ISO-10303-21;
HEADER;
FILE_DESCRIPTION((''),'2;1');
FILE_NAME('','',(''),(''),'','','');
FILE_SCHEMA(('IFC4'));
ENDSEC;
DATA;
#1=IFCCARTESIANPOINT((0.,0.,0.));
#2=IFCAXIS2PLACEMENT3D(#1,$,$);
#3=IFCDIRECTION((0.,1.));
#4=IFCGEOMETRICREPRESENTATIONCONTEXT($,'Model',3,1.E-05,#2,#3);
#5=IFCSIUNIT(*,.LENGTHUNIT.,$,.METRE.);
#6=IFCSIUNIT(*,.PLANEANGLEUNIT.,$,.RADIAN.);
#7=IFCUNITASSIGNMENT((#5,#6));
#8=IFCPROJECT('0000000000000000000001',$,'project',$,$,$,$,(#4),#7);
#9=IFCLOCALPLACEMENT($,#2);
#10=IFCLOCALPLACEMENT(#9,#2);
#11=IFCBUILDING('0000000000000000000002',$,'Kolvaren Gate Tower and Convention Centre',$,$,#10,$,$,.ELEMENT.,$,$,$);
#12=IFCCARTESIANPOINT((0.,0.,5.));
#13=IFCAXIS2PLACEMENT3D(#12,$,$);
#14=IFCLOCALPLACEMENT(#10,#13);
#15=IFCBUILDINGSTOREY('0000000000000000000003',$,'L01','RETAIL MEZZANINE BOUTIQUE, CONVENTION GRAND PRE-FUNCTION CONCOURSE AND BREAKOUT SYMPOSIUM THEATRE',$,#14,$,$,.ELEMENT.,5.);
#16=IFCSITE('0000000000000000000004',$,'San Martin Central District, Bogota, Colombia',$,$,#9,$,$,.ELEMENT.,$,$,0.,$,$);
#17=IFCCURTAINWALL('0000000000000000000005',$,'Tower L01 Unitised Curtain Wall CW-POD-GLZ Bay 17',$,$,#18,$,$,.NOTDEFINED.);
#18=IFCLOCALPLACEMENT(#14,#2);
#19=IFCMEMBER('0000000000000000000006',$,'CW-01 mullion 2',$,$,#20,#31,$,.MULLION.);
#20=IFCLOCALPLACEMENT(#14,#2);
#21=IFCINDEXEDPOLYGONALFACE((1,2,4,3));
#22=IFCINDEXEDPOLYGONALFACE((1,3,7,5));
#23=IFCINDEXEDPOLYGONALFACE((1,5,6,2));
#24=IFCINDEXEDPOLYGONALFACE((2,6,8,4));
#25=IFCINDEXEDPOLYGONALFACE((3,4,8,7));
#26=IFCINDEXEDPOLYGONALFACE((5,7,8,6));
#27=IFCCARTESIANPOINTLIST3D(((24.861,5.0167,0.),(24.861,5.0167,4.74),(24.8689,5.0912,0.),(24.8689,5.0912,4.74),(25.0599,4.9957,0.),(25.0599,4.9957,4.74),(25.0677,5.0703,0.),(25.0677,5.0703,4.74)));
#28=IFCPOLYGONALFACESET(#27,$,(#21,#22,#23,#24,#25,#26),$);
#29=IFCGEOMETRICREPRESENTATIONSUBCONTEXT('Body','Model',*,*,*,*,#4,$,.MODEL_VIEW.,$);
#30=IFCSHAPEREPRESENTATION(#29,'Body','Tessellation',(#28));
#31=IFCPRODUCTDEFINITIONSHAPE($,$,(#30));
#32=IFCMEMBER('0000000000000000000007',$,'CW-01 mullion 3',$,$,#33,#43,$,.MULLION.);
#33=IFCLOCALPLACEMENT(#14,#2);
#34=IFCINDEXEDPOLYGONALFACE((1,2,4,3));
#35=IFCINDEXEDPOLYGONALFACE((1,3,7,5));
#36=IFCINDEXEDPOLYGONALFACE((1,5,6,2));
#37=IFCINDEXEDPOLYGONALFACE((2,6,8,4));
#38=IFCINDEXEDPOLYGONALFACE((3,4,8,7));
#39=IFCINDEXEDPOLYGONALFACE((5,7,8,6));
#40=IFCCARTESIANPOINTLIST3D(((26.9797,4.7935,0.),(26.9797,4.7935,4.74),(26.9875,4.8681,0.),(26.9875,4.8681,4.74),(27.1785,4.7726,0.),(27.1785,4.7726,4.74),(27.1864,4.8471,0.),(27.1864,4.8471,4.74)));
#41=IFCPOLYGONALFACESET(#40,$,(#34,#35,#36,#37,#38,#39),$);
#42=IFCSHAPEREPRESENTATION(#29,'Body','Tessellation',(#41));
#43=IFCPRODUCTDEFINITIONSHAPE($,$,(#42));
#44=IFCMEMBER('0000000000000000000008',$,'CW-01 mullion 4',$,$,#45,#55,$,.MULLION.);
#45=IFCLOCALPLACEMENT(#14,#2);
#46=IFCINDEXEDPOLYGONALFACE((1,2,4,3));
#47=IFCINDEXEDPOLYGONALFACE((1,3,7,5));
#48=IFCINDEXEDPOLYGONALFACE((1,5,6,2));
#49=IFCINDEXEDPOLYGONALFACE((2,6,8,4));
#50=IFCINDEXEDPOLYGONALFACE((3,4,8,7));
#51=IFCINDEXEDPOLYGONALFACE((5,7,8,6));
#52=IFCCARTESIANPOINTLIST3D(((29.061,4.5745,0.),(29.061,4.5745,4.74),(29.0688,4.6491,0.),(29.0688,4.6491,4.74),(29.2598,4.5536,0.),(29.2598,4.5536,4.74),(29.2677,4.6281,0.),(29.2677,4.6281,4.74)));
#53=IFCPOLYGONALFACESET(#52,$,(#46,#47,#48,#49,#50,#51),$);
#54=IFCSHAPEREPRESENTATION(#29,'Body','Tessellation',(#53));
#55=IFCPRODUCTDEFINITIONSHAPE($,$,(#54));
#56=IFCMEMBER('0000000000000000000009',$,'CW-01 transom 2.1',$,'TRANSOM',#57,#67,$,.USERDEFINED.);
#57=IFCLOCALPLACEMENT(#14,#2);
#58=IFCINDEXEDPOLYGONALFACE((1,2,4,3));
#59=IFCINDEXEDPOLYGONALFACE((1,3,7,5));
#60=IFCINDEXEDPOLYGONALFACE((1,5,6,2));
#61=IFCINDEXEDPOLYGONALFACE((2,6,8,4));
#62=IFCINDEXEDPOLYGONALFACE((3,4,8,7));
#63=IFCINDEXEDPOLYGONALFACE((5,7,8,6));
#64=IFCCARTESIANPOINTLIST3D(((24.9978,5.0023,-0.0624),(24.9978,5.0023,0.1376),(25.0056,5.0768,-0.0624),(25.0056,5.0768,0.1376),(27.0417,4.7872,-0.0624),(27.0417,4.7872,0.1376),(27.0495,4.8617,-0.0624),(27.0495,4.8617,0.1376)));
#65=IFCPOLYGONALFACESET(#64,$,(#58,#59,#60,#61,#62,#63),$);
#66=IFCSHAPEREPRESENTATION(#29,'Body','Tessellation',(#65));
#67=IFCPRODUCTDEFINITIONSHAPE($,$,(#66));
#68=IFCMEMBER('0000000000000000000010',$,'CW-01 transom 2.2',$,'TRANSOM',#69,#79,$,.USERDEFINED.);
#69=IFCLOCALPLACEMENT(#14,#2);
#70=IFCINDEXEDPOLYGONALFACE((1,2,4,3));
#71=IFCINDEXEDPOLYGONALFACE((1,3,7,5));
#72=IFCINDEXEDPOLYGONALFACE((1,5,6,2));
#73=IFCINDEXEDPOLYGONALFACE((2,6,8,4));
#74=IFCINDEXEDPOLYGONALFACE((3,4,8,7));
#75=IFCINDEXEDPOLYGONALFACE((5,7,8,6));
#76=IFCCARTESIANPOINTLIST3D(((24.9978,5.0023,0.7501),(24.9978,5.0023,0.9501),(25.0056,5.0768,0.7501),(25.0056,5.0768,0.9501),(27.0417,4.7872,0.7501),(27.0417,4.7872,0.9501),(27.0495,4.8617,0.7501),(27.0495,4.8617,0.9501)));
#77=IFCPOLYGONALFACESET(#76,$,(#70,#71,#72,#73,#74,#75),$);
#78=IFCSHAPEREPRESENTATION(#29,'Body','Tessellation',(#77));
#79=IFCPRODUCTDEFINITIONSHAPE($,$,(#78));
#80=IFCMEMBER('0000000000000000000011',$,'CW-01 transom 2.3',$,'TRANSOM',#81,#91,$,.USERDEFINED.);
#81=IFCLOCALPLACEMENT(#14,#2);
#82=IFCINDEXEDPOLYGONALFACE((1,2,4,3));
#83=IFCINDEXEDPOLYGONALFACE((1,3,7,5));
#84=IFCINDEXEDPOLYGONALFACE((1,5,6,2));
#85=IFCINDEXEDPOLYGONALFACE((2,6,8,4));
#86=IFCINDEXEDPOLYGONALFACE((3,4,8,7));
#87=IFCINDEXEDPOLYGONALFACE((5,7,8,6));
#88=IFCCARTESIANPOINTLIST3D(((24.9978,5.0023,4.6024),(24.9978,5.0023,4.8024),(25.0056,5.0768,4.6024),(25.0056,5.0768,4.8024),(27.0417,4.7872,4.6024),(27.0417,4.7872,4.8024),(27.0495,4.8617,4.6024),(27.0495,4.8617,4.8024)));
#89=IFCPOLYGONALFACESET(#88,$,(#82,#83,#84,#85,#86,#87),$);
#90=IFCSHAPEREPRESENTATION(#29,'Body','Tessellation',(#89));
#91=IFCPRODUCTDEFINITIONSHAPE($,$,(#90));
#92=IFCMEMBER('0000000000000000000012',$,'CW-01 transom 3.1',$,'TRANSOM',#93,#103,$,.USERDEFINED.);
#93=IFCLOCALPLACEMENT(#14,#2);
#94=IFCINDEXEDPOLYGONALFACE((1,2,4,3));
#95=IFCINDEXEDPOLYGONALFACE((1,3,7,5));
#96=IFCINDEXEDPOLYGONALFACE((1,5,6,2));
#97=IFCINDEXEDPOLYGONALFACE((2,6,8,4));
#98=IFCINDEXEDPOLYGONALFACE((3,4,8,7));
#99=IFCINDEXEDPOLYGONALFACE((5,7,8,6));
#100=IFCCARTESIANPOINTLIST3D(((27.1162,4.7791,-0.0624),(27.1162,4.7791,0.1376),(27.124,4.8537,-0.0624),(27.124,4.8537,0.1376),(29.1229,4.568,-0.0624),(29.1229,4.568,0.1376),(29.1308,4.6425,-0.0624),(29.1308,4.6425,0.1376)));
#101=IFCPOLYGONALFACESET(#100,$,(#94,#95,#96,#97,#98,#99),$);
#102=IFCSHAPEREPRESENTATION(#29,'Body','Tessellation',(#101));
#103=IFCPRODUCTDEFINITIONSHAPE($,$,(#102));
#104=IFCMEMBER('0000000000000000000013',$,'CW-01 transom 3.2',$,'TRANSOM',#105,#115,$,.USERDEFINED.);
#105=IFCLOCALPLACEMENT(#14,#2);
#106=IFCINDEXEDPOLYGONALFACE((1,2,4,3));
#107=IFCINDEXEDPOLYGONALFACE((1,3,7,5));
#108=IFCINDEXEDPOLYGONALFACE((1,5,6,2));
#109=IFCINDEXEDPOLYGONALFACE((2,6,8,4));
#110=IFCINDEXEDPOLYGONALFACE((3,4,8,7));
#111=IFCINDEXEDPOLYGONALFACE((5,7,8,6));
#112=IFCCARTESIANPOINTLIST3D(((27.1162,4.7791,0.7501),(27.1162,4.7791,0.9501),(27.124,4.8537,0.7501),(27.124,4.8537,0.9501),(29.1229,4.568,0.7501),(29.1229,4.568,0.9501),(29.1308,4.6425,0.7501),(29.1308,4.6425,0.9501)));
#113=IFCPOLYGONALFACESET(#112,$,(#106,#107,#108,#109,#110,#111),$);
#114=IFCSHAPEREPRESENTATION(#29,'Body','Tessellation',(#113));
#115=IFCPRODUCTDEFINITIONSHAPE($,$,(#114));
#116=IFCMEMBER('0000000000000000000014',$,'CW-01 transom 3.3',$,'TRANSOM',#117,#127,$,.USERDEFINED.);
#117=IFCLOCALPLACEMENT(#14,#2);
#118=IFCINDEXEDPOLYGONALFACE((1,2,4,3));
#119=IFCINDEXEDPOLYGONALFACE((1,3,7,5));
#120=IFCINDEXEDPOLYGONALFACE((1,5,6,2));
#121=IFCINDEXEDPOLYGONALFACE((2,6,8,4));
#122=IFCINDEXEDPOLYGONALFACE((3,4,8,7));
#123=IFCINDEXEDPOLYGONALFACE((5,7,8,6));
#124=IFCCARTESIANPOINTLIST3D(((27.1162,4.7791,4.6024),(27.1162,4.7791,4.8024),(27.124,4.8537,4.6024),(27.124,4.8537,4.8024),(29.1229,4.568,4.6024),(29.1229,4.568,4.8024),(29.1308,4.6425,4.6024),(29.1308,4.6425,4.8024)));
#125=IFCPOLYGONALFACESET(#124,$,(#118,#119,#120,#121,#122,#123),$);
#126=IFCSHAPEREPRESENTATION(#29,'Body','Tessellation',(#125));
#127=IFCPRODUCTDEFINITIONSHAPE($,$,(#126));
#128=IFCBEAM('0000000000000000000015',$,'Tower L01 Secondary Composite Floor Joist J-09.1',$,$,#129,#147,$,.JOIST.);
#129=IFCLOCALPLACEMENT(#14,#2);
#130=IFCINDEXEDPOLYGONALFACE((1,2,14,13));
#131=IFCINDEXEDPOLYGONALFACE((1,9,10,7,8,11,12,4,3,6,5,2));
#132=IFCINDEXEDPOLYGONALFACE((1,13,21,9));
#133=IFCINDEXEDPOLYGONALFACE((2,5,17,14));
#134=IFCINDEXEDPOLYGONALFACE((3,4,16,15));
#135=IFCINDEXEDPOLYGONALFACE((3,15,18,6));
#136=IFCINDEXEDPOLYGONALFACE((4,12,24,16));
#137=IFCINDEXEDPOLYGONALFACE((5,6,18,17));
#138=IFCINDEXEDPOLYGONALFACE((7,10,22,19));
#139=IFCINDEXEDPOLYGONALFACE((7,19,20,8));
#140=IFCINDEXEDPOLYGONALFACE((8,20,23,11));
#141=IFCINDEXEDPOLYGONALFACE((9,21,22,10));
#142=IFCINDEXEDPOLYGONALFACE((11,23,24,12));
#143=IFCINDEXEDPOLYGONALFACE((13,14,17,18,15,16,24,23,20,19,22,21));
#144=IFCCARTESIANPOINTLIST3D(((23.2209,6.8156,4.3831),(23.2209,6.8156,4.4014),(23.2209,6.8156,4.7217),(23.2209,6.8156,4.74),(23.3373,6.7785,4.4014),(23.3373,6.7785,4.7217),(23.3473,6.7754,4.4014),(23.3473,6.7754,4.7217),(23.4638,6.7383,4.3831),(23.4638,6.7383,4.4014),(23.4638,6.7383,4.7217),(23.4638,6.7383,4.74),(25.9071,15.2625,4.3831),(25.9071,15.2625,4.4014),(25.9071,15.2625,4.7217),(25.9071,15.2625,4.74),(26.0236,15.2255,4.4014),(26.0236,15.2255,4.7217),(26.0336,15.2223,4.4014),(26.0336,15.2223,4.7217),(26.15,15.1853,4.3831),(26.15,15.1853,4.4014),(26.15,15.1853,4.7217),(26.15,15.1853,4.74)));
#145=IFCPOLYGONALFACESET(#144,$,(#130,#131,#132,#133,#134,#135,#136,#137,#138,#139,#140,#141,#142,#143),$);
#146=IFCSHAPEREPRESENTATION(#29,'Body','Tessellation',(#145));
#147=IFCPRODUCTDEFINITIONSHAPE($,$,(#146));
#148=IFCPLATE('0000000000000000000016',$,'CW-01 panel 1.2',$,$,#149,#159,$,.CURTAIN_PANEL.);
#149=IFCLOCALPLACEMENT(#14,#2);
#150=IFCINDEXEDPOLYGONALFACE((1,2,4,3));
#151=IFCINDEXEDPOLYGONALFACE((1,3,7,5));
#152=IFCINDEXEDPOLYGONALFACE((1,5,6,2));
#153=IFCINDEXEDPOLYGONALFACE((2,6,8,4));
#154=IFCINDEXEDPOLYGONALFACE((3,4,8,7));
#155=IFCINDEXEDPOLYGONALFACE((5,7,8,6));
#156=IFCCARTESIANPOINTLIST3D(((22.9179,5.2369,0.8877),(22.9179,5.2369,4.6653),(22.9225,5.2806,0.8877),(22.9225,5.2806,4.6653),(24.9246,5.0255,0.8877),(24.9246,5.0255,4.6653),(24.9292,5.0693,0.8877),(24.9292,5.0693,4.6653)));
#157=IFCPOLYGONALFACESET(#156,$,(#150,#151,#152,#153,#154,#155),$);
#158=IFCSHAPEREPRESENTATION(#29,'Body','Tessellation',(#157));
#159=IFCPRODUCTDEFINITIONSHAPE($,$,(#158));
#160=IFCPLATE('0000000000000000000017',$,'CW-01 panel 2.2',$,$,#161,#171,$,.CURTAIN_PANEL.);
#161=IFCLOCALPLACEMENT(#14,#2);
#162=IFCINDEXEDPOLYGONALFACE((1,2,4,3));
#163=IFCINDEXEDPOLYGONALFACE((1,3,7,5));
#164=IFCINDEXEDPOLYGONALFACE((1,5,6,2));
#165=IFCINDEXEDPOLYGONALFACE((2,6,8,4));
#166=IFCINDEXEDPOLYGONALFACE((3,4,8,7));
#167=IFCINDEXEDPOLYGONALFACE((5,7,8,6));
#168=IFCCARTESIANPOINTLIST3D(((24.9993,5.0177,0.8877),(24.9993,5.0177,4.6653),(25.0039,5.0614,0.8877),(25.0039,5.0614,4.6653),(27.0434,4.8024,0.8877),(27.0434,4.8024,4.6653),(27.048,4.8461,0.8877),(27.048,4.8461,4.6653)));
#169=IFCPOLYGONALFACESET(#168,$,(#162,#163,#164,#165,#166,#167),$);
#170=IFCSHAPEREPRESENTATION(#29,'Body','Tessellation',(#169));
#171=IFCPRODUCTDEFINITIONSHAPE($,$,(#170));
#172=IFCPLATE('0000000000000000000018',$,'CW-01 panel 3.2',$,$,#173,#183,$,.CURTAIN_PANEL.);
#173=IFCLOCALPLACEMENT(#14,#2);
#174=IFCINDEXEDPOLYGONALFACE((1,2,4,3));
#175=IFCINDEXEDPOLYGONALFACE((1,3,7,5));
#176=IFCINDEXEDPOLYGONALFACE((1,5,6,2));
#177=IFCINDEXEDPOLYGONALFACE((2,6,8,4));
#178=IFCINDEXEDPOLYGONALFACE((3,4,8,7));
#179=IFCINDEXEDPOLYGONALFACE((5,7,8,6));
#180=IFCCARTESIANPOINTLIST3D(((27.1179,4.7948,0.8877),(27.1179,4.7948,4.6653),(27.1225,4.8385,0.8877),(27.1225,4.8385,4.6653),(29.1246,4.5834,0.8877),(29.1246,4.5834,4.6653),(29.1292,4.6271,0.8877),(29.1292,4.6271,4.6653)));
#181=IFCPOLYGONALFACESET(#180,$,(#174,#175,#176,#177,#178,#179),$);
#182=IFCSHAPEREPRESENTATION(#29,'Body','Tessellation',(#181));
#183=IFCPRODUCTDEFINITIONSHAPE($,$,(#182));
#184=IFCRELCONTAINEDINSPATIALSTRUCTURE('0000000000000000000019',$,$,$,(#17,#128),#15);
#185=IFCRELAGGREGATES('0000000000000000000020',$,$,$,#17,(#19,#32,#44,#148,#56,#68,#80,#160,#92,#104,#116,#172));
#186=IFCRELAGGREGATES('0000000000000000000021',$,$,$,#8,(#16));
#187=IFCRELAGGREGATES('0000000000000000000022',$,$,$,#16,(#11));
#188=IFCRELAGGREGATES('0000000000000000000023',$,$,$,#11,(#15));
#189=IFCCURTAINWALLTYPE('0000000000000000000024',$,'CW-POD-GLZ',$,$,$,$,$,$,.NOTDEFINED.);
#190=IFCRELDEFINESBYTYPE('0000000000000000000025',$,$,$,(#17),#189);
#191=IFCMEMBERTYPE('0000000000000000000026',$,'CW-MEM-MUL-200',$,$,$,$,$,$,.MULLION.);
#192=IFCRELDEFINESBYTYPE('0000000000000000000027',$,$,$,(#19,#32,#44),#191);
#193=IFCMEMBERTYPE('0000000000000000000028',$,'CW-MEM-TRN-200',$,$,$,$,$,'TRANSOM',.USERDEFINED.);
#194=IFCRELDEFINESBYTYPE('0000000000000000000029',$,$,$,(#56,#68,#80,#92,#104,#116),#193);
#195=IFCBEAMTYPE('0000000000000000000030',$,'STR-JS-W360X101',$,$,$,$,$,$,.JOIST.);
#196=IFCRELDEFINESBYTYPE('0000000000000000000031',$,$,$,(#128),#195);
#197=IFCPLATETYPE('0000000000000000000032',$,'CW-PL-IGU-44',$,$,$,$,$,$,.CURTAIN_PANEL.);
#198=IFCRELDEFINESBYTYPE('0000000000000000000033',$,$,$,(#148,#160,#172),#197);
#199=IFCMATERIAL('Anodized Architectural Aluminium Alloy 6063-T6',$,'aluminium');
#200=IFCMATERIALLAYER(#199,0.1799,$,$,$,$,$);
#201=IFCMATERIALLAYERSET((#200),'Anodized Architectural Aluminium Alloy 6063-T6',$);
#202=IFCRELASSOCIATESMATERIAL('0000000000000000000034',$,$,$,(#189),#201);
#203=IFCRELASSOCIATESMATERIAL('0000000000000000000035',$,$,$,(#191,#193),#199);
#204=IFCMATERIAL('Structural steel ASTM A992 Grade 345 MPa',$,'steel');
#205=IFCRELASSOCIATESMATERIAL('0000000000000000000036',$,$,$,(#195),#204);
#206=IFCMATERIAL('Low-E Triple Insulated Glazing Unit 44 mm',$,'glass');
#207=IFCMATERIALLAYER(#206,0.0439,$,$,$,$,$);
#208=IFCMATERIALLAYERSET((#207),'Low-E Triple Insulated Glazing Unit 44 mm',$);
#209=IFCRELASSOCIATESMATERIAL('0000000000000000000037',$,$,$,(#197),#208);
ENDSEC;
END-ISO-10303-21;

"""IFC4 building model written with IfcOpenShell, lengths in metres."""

from ifc_helpers import new_model, si_unit, direction, frame, origin, origin_2d, place, context, subcontext, project, spatial, rectangle, i_section, extrude, material, layer, layer_set, material_profile, profile_set, type_object, element, aggregate, save


model = new_model("IFC4")

# Units and contexts
model_context = context("Model", 3, precision=1e-05, world=origin(), true_north=direction((0.0, 1.0)))
body_context = subcontext(model_context, "Body", "Model", "MODEL_VIEW")
ifc_project = project(units=[si_unit("LENGTHUNIT", "METRE"), si_unit("PLANEANGLEUNIT", "RADIAN")], contexts=[model_context])

# Site, building, storey
site_placement = place(None, origin())
site = spatial("IfcSite", under=ifc_project, at=site_placement, Name="San Martin Central District, Bogota, Colombia", CompositionType="ELEMENT", RefElevation=0.0)
building_placement = place(site_placement, origin())
building = spatial("IfcBuilding", under=site, at=building_placement, Name="Kolvaren Gate Tower and Convention Centre", CompositionType="ELEMENT")
storey_placement = place(building_placement, frame((0.0, 0.0, 5.0)))
storey = spatial("IfcBuildingStorey", under=building, at=storey_placement, Name="L01", Description="RETAIL MEZZANINE BOUTIQUE, CONVENTION GRAND PRE-FUNCTION CONCOURSE AND BREAKOUT SYMPOSIUM THEATRE", CompositionType="ELEMENT", Elevation=5.0)

# Curtain wall, members
ifc_material_1 = material(Name="Anodized Architectural Aluminium Alloy 6063-T6", Category="aluminium")
ifc_layer_1 = layer(ifc_material_1, 0.1799)
ifc_layer_set_1 = layer_set([ifc_layer_1], Name="Anodized Architectural Aluminium Alloy 6063-T6")
curtain_wall_type = type_object("IfcCurtainWallType", Name="CW-POD-GLZ", PredefinedType="NOTDEFINED", material=ifc_layer_set_1)
curtain_wall_placement = place(storey_placement, origin())
curtain_wall = element("IfcCurtainWall", 1, at=curtain_wall_placement, inside=storey, type_object=curtain_wall_type, Name="Tower L01 Unitised Curtain Wall CW-POD-GLZ Bay 17", PredefinedType="NOTDEFINED")
ifc_material_profile_1 = material_profile(ifc_material_1, rectangle(XDim=0.075, YDim=0.2, at=origin_2d()), Name="CW-MEM-MUL-200")
ifc_profile_set_1 = profile_set([ifc_material_profile_1], Name="Anodized Architectural Aluminium Alloy 6063-T6")
member_type_1 = type_object("IfcMemberType", Name="CW-MEM-MUL-200", PredefinedType="MULLION", material=ifc_profile_set_1)
member_1_placement = place(storey_placement, frame((24.9644, 5.0435, 0.0), z_axis=(0.0, 0.0, 1.0), x_axis=(0.104742, 0.994499, 0.0)))
member_1 = element("IfcMember", 2, at=member_1_placement, type_object=member_type_1, Name="CW-01 mullion 2", PredefinedType="MULLION", context=body_context, shape_type="SweptSolid", body=[
    extrude(rectangle(XDim=0.075, YDim=0.2, at=origin_2d()), origin(), (0.0, 0.0, 1.0), 4.74),
])
member_2_placement = place(storey_placement, frame((27.083, 4.8203, 0.0), z_axis=(0.0, 0.0, 1.0), x_axis=(0.104742, 0.994499, 0.0)))
member_2 = element("IfcMember", 3, at=member_2_placement, type_object=member_type_1, Name="CW-01 mullion 3", PredefinedType="MULLION", context=body_context, shape_type="SweptSolid", body=[
    extrude(rectangle(XDim=0.075, YDim=0.2, at=origin_2d()), origin(), (0.0, 0.0, 1.0), 4.74),
])
member_3_placement = place(storey_placement, frame((29.1643, 4.6013, 0.0), z_axis=(0.0, 0.0, 1.0), x_axis=(0.104742, 0.994499, 0.0)))
member_3 = element("IfcMember", 4, at=member_3_placement, type_object=member_type_1, Name="CW-01 mullion 4", PredefinedType="MULLION", context=body_context, shape_type="SweptSolid", body=[
    extrude(rectangle(XDim=0.075, YDim=0.2, at=origin_2d()), origin(), (0.0, 0.0, 1.0), 4.74),
])
ifc_material_profile_2 = material_profile(ifc_material_1, rectangle(XDim=0.075, YDim=0.2, at=origin_2d()), Name="CW-MEM-TRN-200")
ifc_profile_set_2 = profile_set([ifc_material_profile_2], Name="Anodized Architectural Aluminium Alloy 6063-T6")
member_type_2 = type_object("IfcMemberType", Name="CW-MEM-TRN-200", ElementType="TRANSOM", PredefinedType="USERDEFINED", material=ifc_profile_set_2)
member_4_placement = place(storey_placement, frame((25.0017, 5.0396, 0.0376), z_axis=(0.994509, -0.104654, 0.0), x_axis=(0.104654, 0.994509, 0.0)))
member_4 = element("IfcMember", 5, at=member_4_placement, type_object=member_type_2, Name="CW-01 transom 2.1", ObjectType="TRANSOM", PredefinedType="USERDEFINED", context=body_context, shape_type="SweptSolid", body=[
    extrude(rectangle(XDim=0.075, YDim=0.2, at=origin_2d()), origin(), (0.0, 0.0, 1.0), 2.0552),
])
member_5_placement = place(storey_placement, frame((25.0017, 5.0396, 0.8501), z_axis=(0.994509, -0.104654, 0.0), x_axis=(0.104654, 0.994509, 0.0)))
member_5 = element("IfcMember", 6, at=member_5_placement, type_object=member_type_2, Name="CW-01 transom 2.2", ObjectType="TRANSOM", PredefinedType="USERDEFINED", context=body_context, shape_type="SweptSolid", body=[
    extrude(rectangle(XDim=0.075, YDim=0.2, at=origin_2d()), origin(), (0.0, 0.0, 1.0), 2.0552),
])
member_6_placement = place(storey_placement, frame((25.0017, 5.0396, 4.7024), z_axis=(0.994509, -0.104654, 0.0), x_axis=(0.104654, 0.994509, 0.0)))
member_6 = element("IfcMember", 7, at=member_6_placement, type_object=member_type_2, Name="CW-01 transom 2.3", ObjectType="TRANSOM", PredefinedType="USERDEFINED", context=body_context, shape_type="SweptSolid", body=[
    extrude(rectangle(XDim=0.075, YDim=0.2, at=origin_2d()), origin(), (0.0, 0.0, 1.0), 2.0552),
])
member_7_placement = place(storey_placement, frame((27.1201, 4.8164, 0.0376), z_axis=(0.994509, -0.104653, 0.0), x_axis=(0.104653, 0.994509, 0.0)))
member_7 = element("IfcMember", 8, at=member_7_placement, type_object=member_type_2, Name="CW-01 transom 3.1", ObjectType="TRANSOM", PredefinedType="USERDEFINED", context=body_context, shape_type="SweptSolid", body=[
    extrude(rectangle(XDim=0.075, YDim=0.2, at=origin_2d()), origin(), (0.0, 0.0, 1.0), 2.0178),
])
member_8_placement = place(storey_placement, frame((27.1201, 4.8164, 0.8501), z_axis=(0.994509, -0.104653, 0.0), x_axis=(0.104653, 0.994509, 0.0)))
member_8 = element("IfcMember", 9, at=member_8_placement, type_object=member_type_2, Name="CW-01 transom 3.2", ObjectType="TRANSOM", PredefinedType="USERDEFINED", context=body_context, shape_type="SweptSolid", body=[
    extrude(rectangle(XDim=0.075, YDim=0.2, at=origin_2d()), origin(), (0.0, 0.0, 1.0), 2.0178),
])
member_9_placement = place(storey_placement, frame((27.1201, 4.8164, 4.7024), z_axis=(0.994509, -0.104653, 0.0), x_axis=(0.104653, 0.994509, 0.0)))
member_9 = element("IfcMember", 10, at=member_9_placement, type_object=member_type_2, Name="CW-01 transom 3.3", ObjectType="TRANSOM", PredefinedType="USERDEFINED", context=body_context, shape_type="SweptSolid", body=[
    extrude(rectangle(XDim=0.075, YDim=0.2, at=origin_2d()), origin(), (0.0, 0.0, 1.0), 2.0178),
])

# Beam
ifc_material_2 = material(Name="Structural steel ASTM A992 Grade 345 MPa", Category="steel")
ifc_material_profile_3 = material_profile(ifc_material_2, i_section(OverallWidth=0.2549, OverallDepth=0.3569, WebThickness=0.0105, FlangeThickness=0.0183, at=origin_2d()), Name="W360X101")
ifc_profile_set_3 = profile_set([ifc_material_profile_3], Name="Structural steel ASTM A992 Grade 345 MPa")
beam_type = type_object("IfcBeamType", Name="STR-JS-W360X101", PredefinedType="JOIST", material=ifc_profile_set_3)
beam_placement = place(storey_placement, frame((26.0286, 15.2239, 4.5615), z_axis=(-0.303059, -0.952972, 0.0), x_axis=(0.952972, -0.303059, 0.0)))
element("IfcBeam", 11, at=beam_placement, inside=storey, type_object=beam_type, Name="Tower L01 Secondary Composite Floor Joist J-09.1", PredefinedType="JOIST", context=body_context, shape_type="SweptSolid", body=[
    extrude(i_section(OverallWidth=0.2549, OverallDepth=0.3569, WebThickness=0.0105, FlangeThickness=0.0183, at=origin_2d()), origin(), (0.0, 0.0, 1.0), 8.8638),
])

# Plates
ifc_material_3 = material(Name="Low-E Triple Insulated Glazing Unit 44 mm", Category="glass")
ifc_layer_2 = layer(ifc_material_3, 0.0439)
ifc_layer_set_2 = layer_set([ifc_layer_2], Name="Low-E Triple Insulated Glazing Unit 44 mm")
plate_type_1 = type_object("IfcPlateType", Name="CW-PL-IGU-44", PredefinedType="CURTAIN_PANEL", material=ifc_layer_set_2)
plate_1_placement = place(storey_placement, frame((23.9236, 5.1531, 0.8877), z_axis=(0.0, 0.0, 1.0), x_axis=(0.994499, -0.104742, 0.0)))
plate_1 = element("IfcPlate", 12, at=plate_1_placement, type_object=plate_type_1, Name="CW-01 panel 1.2", PredefinedType="CURTAIN_PANEL", context=body_context, shape_type="SweptSolid", body=[
    extrude(rectangle(XDim=2.0178, YDim=0.0439, at=origin_2d()), origin(), (0.0, 0.0, 1.0), 3.7776),
])
plate_2_placement = place(storey_placement, frame((26.0237, 4.9319, 0.8877), z_axis=(0.0, 0.0, 1.0), x_axis=(0.994499, -0.104742, 0.0)))
plate_2 = element("IfcPlate", 13, at=plate_2_placement, type_object=plate_type_1, Name="CW-01 panel 2.2", PredefinedType="CURTAIN_PANEL", context=body_context, shape_type="SweptSolid", body=[
    extrude(rectangle(XDim=2.0554, YDim=0.0439, at=origin_2d()), origin(), (0.0, 0.0, 1.0), 3.7776),
])
plate_3_placement = place(storey_placement, frame((28.1235, 4.7109, 0.8877), z_axis=(0.0, 0.0, 1.0), x_axis=(0.994499, -0.104742, 0.0)))
plate_3 = element("IfcPlate", 14, at=plate_3_placement, type_object=plate_type_1, Name="CW-01 panel 3.2", PredefinedType="CURTAIN_PANEL", context=body_context, shape_type="SweptSolid", body=[
    extrude(rectangle(XDim=2.0178, YDim=0.0439, at=origin_2d()), origin(), (0.0, 0.0, 1.0), 3.7776),
])
aggregate(curtain_wall, [member_1, member_2, member_3, plate_1, member_4, member_5, member_6, plate_2, member_7, member_8, member_9, plate_3])

save(model, "model.ifc")
